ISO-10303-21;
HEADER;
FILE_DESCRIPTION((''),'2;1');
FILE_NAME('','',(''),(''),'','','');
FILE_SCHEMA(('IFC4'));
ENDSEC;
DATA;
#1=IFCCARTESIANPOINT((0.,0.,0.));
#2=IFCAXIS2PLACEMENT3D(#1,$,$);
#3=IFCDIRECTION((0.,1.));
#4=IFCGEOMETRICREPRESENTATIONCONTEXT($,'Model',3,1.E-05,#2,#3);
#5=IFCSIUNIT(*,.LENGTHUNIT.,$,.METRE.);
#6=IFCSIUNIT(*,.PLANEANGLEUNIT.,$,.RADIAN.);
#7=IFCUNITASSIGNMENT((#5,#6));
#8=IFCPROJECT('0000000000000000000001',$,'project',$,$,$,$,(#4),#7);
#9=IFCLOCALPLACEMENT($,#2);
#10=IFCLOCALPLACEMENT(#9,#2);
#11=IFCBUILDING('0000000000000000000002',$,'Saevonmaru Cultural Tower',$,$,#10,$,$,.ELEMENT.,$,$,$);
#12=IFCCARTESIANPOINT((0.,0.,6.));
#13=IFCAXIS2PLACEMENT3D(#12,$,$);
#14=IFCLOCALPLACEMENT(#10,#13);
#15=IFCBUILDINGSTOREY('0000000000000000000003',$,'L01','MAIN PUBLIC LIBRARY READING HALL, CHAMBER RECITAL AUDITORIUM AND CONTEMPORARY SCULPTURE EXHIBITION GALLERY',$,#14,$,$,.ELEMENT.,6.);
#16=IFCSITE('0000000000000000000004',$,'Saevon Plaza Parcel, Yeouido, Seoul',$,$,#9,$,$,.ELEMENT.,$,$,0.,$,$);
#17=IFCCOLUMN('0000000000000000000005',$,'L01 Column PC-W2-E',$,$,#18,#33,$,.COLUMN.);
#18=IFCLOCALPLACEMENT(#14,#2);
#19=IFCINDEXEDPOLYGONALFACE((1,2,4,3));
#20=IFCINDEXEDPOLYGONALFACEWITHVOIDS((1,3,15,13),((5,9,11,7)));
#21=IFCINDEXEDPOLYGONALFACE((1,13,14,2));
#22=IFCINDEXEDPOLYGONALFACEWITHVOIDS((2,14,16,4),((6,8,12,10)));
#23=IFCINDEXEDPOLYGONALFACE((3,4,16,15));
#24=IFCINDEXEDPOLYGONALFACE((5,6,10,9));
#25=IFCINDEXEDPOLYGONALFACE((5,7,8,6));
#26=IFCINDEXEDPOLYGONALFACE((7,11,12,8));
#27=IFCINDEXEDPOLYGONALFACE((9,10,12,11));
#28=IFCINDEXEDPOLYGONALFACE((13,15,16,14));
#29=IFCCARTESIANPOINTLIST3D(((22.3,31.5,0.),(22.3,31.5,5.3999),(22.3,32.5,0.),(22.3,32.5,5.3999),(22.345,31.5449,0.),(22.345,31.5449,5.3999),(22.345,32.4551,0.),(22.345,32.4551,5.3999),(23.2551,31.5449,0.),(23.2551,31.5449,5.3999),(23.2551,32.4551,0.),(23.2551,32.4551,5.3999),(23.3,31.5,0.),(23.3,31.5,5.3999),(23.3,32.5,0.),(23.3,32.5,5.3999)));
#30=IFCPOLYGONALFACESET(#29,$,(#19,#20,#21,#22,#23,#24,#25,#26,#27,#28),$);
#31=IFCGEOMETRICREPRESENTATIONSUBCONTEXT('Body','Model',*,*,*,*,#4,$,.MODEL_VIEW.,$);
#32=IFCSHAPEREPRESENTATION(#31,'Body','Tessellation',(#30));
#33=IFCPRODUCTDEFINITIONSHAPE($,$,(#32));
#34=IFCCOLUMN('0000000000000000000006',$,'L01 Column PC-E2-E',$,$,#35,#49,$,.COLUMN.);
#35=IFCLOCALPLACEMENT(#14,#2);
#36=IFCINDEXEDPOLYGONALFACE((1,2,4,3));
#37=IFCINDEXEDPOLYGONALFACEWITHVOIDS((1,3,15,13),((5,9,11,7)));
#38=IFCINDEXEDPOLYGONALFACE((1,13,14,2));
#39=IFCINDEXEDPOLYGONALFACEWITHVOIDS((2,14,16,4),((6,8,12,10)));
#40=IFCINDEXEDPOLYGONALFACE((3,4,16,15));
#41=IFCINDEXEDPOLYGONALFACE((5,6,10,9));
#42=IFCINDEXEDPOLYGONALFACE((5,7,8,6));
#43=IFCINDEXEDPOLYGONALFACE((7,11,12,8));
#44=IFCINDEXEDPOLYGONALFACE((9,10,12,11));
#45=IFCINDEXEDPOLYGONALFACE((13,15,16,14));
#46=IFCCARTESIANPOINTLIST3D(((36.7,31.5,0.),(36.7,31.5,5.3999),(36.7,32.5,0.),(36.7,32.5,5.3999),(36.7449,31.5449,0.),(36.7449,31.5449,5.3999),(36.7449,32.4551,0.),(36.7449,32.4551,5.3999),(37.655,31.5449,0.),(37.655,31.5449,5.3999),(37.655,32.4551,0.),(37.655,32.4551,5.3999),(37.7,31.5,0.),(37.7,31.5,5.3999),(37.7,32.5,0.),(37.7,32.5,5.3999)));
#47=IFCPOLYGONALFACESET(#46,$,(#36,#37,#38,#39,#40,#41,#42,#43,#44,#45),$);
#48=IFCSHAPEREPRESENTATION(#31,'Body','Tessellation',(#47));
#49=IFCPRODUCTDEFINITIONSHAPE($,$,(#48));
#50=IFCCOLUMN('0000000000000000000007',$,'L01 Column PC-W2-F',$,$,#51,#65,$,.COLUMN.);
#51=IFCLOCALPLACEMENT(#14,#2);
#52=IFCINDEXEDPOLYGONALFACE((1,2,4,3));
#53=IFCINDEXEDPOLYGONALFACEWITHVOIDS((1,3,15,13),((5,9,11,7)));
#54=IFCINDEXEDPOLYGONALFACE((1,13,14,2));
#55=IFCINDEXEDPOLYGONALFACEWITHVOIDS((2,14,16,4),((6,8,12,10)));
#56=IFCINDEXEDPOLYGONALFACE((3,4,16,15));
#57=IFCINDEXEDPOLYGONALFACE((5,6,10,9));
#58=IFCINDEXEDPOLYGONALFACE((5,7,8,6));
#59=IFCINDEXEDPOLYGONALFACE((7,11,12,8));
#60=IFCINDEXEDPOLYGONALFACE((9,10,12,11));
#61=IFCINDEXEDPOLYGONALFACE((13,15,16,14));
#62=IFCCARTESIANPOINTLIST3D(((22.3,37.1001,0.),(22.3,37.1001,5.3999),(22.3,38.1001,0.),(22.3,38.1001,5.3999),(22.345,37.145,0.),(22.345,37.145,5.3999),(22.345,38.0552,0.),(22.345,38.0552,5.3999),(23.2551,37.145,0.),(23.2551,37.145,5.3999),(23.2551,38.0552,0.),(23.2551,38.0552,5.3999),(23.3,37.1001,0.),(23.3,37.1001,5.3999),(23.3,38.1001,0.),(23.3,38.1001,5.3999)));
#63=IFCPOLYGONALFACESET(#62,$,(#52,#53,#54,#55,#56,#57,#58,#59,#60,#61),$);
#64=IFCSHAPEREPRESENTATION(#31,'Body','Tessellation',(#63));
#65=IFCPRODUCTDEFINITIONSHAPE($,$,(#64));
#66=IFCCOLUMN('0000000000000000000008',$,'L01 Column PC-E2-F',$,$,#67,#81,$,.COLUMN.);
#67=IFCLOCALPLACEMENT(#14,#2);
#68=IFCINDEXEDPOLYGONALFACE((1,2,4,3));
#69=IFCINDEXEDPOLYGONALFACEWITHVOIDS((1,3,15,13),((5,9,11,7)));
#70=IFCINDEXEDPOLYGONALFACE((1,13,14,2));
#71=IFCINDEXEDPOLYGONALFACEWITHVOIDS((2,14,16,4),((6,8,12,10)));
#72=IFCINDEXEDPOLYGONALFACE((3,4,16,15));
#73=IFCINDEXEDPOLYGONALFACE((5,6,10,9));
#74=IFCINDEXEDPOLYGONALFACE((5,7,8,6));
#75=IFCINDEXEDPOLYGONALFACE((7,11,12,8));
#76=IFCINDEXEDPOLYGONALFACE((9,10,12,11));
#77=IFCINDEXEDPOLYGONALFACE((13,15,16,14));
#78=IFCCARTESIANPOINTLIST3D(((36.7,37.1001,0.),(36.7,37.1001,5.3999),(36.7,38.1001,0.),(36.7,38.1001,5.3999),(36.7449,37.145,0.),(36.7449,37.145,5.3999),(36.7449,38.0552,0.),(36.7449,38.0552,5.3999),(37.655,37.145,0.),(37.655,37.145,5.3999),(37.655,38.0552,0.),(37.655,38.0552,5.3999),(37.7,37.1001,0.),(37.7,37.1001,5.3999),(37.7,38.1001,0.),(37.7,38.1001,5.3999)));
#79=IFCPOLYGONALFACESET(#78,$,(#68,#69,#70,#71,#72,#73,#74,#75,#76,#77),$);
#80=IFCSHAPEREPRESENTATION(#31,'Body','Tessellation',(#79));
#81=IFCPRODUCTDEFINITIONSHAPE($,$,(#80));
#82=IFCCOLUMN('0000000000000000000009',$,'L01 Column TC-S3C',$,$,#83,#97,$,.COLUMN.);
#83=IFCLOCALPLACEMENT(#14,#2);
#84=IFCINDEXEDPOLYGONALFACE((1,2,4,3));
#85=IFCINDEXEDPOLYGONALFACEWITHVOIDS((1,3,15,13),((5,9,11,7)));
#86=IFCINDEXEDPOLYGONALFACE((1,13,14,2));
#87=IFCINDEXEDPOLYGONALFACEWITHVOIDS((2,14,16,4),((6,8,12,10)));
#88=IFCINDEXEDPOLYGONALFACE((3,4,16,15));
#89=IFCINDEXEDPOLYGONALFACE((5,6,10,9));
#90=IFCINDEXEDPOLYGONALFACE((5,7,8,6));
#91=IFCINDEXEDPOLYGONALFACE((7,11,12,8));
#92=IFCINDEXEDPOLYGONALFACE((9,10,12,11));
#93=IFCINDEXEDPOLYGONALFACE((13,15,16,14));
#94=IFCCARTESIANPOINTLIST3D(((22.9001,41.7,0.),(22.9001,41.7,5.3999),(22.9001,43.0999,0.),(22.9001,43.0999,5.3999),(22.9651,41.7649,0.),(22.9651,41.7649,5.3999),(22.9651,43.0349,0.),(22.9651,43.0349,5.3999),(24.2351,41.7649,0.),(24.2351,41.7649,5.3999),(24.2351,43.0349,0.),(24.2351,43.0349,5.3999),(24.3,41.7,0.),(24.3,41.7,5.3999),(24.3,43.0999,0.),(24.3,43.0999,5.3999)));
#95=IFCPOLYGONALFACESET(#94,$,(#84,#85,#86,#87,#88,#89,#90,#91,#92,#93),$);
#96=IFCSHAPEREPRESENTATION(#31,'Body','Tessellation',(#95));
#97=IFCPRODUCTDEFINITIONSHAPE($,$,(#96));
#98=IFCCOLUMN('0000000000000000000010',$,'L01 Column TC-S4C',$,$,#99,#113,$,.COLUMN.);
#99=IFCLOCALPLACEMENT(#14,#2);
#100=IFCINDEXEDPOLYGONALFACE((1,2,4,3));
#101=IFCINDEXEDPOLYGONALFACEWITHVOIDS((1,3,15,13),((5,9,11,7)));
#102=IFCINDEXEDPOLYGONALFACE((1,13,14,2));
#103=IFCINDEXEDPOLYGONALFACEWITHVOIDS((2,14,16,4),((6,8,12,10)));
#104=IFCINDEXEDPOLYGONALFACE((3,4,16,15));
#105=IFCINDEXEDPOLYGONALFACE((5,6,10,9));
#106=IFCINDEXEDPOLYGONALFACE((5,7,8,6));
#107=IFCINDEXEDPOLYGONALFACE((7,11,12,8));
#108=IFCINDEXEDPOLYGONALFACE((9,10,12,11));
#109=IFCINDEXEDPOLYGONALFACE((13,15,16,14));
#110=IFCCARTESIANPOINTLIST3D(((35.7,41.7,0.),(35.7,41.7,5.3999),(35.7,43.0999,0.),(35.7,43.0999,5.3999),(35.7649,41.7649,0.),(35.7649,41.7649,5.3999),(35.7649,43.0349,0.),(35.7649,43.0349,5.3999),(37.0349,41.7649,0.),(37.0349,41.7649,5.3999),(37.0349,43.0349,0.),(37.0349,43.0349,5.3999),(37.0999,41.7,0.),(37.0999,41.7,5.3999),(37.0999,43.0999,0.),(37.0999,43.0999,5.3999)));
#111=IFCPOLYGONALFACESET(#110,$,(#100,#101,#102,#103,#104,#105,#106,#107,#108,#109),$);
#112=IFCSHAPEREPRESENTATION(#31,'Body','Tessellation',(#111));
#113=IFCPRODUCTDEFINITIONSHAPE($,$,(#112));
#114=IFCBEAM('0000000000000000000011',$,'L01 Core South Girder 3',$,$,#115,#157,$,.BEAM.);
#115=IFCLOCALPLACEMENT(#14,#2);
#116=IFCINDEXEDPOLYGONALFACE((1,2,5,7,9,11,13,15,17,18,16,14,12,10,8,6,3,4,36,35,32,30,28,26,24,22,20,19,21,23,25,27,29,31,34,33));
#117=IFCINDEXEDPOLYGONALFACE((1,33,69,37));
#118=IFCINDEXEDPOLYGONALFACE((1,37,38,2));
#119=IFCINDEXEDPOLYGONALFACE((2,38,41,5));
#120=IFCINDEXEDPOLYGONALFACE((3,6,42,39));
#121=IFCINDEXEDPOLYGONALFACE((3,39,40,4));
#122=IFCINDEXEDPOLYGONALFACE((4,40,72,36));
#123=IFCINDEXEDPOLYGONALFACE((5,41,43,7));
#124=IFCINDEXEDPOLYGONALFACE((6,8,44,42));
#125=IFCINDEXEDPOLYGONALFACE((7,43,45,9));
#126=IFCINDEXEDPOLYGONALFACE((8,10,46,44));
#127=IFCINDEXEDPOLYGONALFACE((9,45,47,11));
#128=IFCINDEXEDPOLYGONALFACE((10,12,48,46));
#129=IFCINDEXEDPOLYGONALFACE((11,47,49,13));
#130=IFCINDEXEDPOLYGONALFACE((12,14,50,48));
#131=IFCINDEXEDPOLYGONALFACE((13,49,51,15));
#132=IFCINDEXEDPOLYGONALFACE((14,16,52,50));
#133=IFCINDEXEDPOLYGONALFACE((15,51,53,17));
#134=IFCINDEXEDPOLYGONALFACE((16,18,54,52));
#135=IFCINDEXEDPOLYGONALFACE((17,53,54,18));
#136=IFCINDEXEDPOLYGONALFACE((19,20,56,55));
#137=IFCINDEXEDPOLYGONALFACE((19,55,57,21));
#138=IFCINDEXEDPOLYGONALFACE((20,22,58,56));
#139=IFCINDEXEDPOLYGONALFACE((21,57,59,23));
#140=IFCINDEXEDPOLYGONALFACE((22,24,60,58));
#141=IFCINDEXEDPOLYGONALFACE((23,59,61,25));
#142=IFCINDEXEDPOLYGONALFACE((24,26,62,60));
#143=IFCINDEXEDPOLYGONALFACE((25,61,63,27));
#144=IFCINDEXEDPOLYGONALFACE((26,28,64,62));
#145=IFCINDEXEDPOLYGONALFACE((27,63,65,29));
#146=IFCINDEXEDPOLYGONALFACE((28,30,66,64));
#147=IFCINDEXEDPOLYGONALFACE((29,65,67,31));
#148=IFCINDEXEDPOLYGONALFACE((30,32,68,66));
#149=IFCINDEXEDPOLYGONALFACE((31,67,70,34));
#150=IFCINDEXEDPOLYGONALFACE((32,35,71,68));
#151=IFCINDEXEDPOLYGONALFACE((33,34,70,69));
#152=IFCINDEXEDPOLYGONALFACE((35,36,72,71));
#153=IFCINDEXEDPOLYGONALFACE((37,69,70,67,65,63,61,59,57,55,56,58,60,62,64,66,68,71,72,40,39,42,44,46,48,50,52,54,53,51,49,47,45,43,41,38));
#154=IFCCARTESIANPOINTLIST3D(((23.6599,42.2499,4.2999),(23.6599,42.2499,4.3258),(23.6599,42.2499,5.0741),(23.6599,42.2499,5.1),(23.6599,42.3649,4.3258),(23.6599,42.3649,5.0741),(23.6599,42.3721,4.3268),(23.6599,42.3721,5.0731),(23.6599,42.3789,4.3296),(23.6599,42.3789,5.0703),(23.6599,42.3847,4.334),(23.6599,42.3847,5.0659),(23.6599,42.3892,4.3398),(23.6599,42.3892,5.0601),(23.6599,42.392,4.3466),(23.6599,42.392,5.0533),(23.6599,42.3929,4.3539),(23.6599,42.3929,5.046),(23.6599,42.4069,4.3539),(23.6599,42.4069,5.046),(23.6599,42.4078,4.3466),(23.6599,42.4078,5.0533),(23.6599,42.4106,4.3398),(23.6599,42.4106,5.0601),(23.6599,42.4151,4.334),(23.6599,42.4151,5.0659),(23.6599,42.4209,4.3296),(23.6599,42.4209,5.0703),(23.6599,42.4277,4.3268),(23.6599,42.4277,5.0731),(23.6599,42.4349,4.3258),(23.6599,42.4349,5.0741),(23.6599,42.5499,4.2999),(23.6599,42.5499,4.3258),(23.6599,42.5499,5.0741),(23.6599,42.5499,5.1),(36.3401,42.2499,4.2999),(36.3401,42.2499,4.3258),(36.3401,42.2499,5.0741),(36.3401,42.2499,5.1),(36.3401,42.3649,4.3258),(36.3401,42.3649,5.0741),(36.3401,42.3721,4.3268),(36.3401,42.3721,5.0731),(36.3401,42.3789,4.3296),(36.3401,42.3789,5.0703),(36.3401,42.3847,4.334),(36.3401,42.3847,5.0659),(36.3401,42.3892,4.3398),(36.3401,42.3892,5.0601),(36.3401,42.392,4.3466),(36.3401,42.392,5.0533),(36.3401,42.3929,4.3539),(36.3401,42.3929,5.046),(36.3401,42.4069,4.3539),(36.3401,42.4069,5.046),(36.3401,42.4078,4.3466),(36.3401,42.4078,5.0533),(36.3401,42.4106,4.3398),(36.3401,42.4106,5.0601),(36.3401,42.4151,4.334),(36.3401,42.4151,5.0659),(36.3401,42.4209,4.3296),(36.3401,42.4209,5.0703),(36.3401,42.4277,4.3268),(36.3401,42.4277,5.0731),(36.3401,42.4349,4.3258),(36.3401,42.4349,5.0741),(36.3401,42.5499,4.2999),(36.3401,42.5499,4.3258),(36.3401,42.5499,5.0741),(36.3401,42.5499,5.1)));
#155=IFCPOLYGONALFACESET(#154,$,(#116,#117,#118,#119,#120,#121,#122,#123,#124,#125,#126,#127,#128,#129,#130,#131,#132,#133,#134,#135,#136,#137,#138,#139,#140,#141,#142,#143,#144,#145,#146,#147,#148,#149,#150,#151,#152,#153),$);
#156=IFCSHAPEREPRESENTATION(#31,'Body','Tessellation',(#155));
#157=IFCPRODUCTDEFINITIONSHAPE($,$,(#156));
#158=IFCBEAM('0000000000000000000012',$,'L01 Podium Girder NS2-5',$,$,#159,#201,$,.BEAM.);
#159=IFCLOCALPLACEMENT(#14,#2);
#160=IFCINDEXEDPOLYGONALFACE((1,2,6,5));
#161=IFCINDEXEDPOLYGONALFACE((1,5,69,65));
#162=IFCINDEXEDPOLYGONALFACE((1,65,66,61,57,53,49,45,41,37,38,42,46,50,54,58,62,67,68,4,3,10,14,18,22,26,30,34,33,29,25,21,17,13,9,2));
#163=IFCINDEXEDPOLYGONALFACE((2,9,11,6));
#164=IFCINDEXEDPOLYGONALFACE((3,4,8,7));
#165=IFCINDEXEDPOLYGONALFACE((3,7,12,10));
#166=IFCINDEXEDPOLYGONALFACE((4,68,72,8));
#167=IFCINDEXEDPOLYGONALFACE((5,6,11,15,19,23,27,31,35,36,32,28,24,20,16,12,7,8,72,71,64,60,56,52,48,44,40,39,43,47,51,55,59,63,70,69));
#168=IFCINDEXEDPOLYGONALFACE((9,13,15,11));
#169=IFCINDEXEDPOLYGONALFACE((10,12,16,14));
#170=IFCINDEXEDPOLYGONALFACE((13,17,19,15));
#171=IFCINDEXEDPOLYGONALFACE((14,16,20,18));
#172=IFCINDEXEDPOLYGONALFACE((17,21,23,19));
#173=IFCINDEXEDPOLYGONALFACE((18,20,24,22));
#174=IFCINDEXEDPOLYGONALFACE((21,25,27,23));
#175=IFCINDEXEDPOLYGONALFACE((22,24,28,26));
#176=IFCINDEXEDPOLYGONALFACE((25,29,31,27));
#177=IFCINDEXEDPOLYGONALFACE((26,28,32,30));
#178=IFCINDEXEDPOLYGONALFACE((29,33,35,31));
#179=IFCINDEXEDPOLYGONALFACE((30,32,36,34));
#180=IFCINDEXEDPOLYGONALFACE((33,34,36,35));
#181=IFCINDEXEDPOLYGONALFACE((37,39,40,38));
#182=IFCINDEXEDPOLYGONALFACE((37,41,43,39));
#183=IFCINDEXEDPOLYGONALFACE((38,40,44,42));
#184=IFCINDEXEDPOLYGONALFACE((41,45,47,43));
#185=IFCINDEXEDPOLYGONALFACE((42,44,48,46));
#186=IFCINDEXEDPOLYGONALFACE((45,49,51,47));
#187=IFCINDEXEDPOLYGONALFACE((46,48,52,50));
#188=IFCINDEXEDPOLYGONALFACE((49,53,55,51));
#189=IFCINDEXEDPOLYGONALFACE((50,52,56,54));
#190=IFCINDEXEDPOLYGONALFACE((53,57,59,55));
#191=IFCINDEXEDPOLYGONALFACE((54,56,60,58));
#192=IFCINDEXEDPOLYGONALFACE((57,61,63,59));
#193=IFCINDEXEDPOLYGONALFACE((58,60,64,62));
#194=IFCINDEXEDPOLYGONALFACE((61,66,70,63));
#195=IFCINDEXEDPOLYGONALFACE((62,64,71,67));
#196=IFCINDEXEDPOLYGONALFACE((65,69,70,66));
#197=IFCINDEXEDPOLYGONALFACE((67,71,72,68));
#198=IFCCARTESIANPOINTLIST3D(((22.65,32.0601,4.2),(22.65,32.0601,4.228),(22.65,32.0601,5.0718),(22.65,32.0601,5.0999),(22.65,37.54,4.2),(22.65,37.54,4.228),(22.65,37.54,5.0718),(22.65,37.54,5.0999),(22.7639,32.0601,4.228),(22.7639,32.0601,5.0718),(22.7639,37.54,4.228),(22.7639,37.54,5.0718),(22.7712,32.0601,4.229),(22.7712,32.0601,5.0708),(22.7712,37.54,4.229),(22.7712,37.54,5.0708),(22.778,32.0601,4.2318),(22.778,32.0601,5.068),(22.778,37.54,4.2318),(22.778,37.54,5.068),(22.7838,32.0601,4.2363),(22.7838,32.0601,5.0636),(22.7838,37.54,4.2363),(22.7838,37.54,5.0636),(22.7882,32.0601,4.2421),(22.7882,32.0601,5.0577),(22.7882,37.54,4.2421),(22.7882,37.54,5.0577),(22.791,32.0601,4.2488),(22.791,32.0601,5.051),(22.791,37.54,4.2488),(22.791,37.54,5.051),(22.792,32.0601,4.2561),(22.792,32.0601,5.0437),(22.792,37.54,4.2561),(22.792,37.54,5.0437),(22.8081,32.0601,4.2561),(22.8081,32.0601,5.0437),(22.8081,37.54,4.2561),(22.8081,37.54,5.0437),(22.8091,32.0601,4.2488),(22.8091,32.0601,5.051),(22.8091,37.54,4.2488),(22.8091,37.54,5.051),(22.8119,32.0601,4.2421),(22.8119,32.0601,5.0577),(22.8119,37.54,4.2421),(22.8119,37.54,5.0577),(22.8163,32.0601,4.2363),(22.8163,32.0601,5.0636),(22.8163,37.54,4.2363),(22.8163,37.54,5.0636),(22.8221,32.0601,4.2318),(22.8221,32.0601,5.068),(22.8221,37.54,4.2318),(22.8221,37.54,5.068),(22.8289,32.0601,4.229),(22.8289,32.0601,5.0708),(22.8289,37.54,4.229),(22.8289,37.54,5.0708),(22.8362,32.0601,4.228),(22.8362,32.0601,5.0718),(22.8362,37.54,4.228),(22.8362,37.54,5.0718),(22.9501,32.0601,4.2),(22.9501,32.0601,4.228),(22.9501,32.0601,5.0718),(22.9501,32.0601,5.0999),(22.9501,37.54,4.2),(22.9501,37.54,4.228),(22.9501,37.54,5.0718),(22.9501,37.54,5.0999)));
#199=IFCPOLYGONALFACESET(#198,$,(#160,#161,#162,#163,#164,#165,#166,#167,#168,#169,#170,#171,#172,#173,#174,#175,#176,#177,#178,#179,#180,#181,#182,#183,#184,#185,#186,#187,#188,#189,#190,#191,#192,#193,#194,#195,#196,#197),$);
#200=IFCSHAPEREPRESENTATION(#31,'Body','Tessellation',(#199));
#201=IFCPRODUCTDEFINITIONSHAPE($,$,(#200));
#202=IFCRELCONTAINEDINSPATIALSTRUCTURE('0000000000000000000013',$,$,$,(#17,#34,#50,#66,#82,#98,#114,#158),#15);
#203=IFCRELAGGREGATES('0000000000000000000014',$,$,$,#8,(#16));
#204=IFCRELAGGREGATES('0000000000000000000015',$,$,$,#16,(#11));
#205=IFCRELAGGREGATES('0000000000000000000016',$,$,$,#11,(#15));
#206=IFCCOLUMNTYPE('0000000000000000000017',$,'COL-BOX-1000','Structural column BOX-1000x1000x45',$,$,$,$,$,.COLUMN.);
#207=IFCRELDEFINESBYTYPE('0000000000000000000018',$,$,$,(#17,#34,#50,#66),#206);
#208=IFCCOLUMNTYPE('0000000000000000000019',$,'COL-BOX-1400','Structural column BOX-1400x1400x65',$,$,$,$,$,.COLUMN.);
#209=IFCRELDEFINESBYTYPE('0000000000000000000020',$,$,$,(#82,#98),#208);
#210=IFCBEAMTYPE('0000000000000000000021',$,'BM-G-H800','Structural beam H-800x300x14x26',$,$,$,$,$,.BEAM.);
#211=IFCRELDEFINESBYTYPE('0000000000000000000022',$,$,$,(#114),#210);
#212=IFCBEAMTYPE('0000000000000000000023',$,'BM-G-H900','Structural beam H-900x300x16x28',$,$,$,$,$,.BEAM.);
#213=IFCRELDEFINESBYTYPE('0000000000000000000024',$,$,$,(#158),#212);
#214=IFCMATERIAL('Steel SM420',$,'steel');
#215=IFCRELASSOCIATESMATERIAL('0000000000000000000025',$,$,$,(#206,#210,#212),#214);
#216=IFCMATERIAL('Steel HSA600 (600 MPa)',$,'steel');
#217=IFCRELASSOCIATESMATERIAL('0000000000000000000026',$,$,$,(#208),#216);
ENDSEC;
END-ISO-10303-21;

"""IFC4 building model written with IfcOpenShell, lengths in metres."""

from ifc_helpers import new_model, si_unit, direction, frame, origin, origin_2d, place, context, subcontext, project, spatial, hollow_rectangle, i_section, extrude, material, material_profile, profile_set, type_object, element, save


model = new_model("IFC4")

# Units and contexts
model_context = context("Model", 3, precision=1e-05, world=origin(), true_north=direction((0.0, 1.0)))
body_context = subcontext(model_context, "Body", "Model", "MODEL_VIEW")
ifc_project = project(units=[si_unit("LENGTHUNIT", "METRE"), si_unit("PLANEANGLEUNIT", "RADIAN")], contexts=[model_context])

# Site, building, storey
site_placement = place(None, origin())
site = spatial("IfcSite", under=ifc_project, at=site_placement, Name="Saevon Plaza Parcel, Yeouido, Seoul", CompositionType="ELEMENT", RefElevation=0.0)
building_placement = place(site_placement, origin())
building = spatial("IfcBuilding", under=site, at=building_placement, Name="Saevonmaru Cultural Tower", CompositionType="ELEMENT")
storey_placement = place(building_placement, frame((0.0, 0.0, 6.0)))
storey = spatial("IfcBuildingStorey", under=building, at=storey_placement, Name="L01", Description="MAIN PUBLIC LIBRARY READING HALL, CHAMBER RECITAL AUDITORIUM AND CONTEMPORARY SCULPTURE EXHIBITION GALLERY", CompositionType="ELEMENT", Elevation=6.0)

# Columns
ifc_material_1 = material(Name="Steel SM420", Category="steel")
ifc_material_profile_1 = material_profile(ifc_material_1, hollow_rectangle(XDim=1.0, YDim=1.0, WallThickness=0.0449, at=origin_2d()), Name="BOX-1000x1000x45")
ifc_profile_set_1 = profile_set([ifc_material_profile_1], Name="Steel SM420")
column_type_1 = type_object("IfcColumnType", Name="COL-BOX-1000", Description="Structural column BOX-1000x1000x45", PredefinedType="COLUMN", material=ifc_profile_set_1)
for number, where, z_axis, x_axis, name in (
    (1, (22.8, 32.0, 0.0), (0.0, 0.0, 1.0), (1.0, 0.0, 0.0), "L01 Column PC-W2-E"),
    (2, (37.2, 32.0, 0.0), (0.0, 0.0, 1.0), (1.0, 0.0, 0.0), "L01 Column PC-E2-E"),
    (3, (22.8, 37.6001, 0.0), (0.0, 0.0, 1.0), (1.0, 0.0, 0.0), "L01 Column PC-W2-F"),
    (4, (37.2, 37.6001, 0.0), (0.0, 0.0, 1.0), (1.0, 0.0, 0.0), "L01 Column PC-E2-F"),
):
    element("IfcColumn", number, at=place(storey_placement, frame(where, z_axis=z_axis, x_axis=x_axis)), inside=storey, type_object=column_type_1, Name=name, PredefinedType="COLUMN", context=body_context, shape_type="SweptSolid", body=[
        extrude(hollow_rectangle(XDim=1.0, YDim=1.0, WallThickness=0.0449, at=origin_2d()), origin(), (0.0, 0.0, 1.0), 5.3999),
    ])
ifc_material_2 = material(Name="Steel HSA600 (600 MPa)", Category="steel")
ifc_material_profile_2 = material_profile(ifc_material_2, hollow_rectangle(XDim=1.3999, YDim=1.3999, WallThickness=0.0649, at=origin_2d()), Name="BOX-1400x1400x65")
ifc_profile_set_2 = profile_set([ifc_material_profile_2], Name="Steel HSA600 (600 MPa)")
column_type_2 = type_object("IfcColumnType", Name="COL-BOX-1400", Description="Structural column BOX-1400x1400x65", PredefinedType="COLUMN", material=ifc_profile_set_2)
for number, where, z_axis, x_axis, name in (
    (5, (23.6001, 42.3999, 0.0), (0.0, 0.0, 1.0), (1.0, 0.0, 0.0), "L01 Column TC-S3C"),
    (6, (36.3999, 42.3999, 0.0), (0.0, 0.0, 1.0), (1.0, 0.0, 0.0), "L01 Column TC-S4C"),
):
    element("IfcColumn", number, at=place(storey_placement, frame(where, z_axis=z_axis, x_axis=x_axis)), inside=storey, type_object=column_type_2, Name=name, PredefinedType="COLUMN", context=body_context, shape_type="SweptSolid", body=[
        extrude(hollow_rectangle(XDim=1.3999, YDim=1.3999, WallThickness=0.0649, at=origin_2d()), origin(), (0.0, 0.0, 1.0), 5.3999),
    ])

# Beams
ifc_material_profile_3 = material_profile(ifc_material_1, i_section(OverallWidth=0.3, OverallDepth=0.8, WebThickness=0.0139, FlangeThickness=0.0259, FilletRadius=0.0281, at=origin_2d()), Name="H-800x300x14x26")
ifc_profile_set_3 = profile_set([ifc_material_profile_3], Name="Steel SM420")
beam_type_1 = type_object("IfcBeamType", Name="BM-G-H800", Description="Structural beam H-800x300x14x26", PredefinedType="BEAM", material=ifc_profile_set_3)
beam_1_placement = place(storey_placement, frame((23.6599, 42.3999, 4.7), z_axis=(1.0, 0.0, 0.0), x_axis=(0.0, 1.0, 0.0)))
element("IfcBeam", 7, at=beam_1_placement, inside=storey, type_object=beam_type_1, Name="L01 Core South Girder 3", PredefinedType="BEAM", context=body_context, shape_type="SweptSolid", body=[
    extrude(i_section(OverallWidth=0.3, OverallDepth=0.8, WebThickness=0.0139, FlangeThickness=0.0259, FilletRadius=0.0281, at=origin_2d()), origin(), (0.0, 0.0, 1.0), 12.6802),
])
ifc_material_profile_4 = material_profile(ifc_material_1, i_section(OverallWidth=0.3, OverallDepth=0.8999, WebThickness=0.0161, FlangeThickness=0.0281, FilletRadius=0.0281, at=origin_2d()), Name="H-900x300x16x28")
ifc_profile_set_4 = profile_set([ifc_material_profile_4], Name="Steel SM420")
beam_type_2 = type_object("IfcBeamType", Name="BM-G-H900", Description="Structural beam H-900x300x16x28", PredefinedType="BEAM", material=ifc_profile_set_4)
beam_2_placement = place(storey_placement, frame((22.8, 32.0601, 4.6499), z_axis=(0.0, 1.0, 0.0), x_axis=(-1.0, 0.0, 0.0)))
element("IfcBeam", 8, at=beam_2_placement, inside=storey, type_object=beam_type_2, Name="L01 Podium Girder NS2-5", PredefinedType="BEAM", context=body_context, shape_type="SweptSolid", body=[
    extrude(i_section(OverallWidth=0.3, OverallDepth=0.8999, WebThickness=0.0161, FlangeThickness=0.0281, FilletRadius=0.0281, at=origin_2d()), origin(), (0.0, 0.0, 1.0), 5.48),
])

save(model, "model.ifc")
